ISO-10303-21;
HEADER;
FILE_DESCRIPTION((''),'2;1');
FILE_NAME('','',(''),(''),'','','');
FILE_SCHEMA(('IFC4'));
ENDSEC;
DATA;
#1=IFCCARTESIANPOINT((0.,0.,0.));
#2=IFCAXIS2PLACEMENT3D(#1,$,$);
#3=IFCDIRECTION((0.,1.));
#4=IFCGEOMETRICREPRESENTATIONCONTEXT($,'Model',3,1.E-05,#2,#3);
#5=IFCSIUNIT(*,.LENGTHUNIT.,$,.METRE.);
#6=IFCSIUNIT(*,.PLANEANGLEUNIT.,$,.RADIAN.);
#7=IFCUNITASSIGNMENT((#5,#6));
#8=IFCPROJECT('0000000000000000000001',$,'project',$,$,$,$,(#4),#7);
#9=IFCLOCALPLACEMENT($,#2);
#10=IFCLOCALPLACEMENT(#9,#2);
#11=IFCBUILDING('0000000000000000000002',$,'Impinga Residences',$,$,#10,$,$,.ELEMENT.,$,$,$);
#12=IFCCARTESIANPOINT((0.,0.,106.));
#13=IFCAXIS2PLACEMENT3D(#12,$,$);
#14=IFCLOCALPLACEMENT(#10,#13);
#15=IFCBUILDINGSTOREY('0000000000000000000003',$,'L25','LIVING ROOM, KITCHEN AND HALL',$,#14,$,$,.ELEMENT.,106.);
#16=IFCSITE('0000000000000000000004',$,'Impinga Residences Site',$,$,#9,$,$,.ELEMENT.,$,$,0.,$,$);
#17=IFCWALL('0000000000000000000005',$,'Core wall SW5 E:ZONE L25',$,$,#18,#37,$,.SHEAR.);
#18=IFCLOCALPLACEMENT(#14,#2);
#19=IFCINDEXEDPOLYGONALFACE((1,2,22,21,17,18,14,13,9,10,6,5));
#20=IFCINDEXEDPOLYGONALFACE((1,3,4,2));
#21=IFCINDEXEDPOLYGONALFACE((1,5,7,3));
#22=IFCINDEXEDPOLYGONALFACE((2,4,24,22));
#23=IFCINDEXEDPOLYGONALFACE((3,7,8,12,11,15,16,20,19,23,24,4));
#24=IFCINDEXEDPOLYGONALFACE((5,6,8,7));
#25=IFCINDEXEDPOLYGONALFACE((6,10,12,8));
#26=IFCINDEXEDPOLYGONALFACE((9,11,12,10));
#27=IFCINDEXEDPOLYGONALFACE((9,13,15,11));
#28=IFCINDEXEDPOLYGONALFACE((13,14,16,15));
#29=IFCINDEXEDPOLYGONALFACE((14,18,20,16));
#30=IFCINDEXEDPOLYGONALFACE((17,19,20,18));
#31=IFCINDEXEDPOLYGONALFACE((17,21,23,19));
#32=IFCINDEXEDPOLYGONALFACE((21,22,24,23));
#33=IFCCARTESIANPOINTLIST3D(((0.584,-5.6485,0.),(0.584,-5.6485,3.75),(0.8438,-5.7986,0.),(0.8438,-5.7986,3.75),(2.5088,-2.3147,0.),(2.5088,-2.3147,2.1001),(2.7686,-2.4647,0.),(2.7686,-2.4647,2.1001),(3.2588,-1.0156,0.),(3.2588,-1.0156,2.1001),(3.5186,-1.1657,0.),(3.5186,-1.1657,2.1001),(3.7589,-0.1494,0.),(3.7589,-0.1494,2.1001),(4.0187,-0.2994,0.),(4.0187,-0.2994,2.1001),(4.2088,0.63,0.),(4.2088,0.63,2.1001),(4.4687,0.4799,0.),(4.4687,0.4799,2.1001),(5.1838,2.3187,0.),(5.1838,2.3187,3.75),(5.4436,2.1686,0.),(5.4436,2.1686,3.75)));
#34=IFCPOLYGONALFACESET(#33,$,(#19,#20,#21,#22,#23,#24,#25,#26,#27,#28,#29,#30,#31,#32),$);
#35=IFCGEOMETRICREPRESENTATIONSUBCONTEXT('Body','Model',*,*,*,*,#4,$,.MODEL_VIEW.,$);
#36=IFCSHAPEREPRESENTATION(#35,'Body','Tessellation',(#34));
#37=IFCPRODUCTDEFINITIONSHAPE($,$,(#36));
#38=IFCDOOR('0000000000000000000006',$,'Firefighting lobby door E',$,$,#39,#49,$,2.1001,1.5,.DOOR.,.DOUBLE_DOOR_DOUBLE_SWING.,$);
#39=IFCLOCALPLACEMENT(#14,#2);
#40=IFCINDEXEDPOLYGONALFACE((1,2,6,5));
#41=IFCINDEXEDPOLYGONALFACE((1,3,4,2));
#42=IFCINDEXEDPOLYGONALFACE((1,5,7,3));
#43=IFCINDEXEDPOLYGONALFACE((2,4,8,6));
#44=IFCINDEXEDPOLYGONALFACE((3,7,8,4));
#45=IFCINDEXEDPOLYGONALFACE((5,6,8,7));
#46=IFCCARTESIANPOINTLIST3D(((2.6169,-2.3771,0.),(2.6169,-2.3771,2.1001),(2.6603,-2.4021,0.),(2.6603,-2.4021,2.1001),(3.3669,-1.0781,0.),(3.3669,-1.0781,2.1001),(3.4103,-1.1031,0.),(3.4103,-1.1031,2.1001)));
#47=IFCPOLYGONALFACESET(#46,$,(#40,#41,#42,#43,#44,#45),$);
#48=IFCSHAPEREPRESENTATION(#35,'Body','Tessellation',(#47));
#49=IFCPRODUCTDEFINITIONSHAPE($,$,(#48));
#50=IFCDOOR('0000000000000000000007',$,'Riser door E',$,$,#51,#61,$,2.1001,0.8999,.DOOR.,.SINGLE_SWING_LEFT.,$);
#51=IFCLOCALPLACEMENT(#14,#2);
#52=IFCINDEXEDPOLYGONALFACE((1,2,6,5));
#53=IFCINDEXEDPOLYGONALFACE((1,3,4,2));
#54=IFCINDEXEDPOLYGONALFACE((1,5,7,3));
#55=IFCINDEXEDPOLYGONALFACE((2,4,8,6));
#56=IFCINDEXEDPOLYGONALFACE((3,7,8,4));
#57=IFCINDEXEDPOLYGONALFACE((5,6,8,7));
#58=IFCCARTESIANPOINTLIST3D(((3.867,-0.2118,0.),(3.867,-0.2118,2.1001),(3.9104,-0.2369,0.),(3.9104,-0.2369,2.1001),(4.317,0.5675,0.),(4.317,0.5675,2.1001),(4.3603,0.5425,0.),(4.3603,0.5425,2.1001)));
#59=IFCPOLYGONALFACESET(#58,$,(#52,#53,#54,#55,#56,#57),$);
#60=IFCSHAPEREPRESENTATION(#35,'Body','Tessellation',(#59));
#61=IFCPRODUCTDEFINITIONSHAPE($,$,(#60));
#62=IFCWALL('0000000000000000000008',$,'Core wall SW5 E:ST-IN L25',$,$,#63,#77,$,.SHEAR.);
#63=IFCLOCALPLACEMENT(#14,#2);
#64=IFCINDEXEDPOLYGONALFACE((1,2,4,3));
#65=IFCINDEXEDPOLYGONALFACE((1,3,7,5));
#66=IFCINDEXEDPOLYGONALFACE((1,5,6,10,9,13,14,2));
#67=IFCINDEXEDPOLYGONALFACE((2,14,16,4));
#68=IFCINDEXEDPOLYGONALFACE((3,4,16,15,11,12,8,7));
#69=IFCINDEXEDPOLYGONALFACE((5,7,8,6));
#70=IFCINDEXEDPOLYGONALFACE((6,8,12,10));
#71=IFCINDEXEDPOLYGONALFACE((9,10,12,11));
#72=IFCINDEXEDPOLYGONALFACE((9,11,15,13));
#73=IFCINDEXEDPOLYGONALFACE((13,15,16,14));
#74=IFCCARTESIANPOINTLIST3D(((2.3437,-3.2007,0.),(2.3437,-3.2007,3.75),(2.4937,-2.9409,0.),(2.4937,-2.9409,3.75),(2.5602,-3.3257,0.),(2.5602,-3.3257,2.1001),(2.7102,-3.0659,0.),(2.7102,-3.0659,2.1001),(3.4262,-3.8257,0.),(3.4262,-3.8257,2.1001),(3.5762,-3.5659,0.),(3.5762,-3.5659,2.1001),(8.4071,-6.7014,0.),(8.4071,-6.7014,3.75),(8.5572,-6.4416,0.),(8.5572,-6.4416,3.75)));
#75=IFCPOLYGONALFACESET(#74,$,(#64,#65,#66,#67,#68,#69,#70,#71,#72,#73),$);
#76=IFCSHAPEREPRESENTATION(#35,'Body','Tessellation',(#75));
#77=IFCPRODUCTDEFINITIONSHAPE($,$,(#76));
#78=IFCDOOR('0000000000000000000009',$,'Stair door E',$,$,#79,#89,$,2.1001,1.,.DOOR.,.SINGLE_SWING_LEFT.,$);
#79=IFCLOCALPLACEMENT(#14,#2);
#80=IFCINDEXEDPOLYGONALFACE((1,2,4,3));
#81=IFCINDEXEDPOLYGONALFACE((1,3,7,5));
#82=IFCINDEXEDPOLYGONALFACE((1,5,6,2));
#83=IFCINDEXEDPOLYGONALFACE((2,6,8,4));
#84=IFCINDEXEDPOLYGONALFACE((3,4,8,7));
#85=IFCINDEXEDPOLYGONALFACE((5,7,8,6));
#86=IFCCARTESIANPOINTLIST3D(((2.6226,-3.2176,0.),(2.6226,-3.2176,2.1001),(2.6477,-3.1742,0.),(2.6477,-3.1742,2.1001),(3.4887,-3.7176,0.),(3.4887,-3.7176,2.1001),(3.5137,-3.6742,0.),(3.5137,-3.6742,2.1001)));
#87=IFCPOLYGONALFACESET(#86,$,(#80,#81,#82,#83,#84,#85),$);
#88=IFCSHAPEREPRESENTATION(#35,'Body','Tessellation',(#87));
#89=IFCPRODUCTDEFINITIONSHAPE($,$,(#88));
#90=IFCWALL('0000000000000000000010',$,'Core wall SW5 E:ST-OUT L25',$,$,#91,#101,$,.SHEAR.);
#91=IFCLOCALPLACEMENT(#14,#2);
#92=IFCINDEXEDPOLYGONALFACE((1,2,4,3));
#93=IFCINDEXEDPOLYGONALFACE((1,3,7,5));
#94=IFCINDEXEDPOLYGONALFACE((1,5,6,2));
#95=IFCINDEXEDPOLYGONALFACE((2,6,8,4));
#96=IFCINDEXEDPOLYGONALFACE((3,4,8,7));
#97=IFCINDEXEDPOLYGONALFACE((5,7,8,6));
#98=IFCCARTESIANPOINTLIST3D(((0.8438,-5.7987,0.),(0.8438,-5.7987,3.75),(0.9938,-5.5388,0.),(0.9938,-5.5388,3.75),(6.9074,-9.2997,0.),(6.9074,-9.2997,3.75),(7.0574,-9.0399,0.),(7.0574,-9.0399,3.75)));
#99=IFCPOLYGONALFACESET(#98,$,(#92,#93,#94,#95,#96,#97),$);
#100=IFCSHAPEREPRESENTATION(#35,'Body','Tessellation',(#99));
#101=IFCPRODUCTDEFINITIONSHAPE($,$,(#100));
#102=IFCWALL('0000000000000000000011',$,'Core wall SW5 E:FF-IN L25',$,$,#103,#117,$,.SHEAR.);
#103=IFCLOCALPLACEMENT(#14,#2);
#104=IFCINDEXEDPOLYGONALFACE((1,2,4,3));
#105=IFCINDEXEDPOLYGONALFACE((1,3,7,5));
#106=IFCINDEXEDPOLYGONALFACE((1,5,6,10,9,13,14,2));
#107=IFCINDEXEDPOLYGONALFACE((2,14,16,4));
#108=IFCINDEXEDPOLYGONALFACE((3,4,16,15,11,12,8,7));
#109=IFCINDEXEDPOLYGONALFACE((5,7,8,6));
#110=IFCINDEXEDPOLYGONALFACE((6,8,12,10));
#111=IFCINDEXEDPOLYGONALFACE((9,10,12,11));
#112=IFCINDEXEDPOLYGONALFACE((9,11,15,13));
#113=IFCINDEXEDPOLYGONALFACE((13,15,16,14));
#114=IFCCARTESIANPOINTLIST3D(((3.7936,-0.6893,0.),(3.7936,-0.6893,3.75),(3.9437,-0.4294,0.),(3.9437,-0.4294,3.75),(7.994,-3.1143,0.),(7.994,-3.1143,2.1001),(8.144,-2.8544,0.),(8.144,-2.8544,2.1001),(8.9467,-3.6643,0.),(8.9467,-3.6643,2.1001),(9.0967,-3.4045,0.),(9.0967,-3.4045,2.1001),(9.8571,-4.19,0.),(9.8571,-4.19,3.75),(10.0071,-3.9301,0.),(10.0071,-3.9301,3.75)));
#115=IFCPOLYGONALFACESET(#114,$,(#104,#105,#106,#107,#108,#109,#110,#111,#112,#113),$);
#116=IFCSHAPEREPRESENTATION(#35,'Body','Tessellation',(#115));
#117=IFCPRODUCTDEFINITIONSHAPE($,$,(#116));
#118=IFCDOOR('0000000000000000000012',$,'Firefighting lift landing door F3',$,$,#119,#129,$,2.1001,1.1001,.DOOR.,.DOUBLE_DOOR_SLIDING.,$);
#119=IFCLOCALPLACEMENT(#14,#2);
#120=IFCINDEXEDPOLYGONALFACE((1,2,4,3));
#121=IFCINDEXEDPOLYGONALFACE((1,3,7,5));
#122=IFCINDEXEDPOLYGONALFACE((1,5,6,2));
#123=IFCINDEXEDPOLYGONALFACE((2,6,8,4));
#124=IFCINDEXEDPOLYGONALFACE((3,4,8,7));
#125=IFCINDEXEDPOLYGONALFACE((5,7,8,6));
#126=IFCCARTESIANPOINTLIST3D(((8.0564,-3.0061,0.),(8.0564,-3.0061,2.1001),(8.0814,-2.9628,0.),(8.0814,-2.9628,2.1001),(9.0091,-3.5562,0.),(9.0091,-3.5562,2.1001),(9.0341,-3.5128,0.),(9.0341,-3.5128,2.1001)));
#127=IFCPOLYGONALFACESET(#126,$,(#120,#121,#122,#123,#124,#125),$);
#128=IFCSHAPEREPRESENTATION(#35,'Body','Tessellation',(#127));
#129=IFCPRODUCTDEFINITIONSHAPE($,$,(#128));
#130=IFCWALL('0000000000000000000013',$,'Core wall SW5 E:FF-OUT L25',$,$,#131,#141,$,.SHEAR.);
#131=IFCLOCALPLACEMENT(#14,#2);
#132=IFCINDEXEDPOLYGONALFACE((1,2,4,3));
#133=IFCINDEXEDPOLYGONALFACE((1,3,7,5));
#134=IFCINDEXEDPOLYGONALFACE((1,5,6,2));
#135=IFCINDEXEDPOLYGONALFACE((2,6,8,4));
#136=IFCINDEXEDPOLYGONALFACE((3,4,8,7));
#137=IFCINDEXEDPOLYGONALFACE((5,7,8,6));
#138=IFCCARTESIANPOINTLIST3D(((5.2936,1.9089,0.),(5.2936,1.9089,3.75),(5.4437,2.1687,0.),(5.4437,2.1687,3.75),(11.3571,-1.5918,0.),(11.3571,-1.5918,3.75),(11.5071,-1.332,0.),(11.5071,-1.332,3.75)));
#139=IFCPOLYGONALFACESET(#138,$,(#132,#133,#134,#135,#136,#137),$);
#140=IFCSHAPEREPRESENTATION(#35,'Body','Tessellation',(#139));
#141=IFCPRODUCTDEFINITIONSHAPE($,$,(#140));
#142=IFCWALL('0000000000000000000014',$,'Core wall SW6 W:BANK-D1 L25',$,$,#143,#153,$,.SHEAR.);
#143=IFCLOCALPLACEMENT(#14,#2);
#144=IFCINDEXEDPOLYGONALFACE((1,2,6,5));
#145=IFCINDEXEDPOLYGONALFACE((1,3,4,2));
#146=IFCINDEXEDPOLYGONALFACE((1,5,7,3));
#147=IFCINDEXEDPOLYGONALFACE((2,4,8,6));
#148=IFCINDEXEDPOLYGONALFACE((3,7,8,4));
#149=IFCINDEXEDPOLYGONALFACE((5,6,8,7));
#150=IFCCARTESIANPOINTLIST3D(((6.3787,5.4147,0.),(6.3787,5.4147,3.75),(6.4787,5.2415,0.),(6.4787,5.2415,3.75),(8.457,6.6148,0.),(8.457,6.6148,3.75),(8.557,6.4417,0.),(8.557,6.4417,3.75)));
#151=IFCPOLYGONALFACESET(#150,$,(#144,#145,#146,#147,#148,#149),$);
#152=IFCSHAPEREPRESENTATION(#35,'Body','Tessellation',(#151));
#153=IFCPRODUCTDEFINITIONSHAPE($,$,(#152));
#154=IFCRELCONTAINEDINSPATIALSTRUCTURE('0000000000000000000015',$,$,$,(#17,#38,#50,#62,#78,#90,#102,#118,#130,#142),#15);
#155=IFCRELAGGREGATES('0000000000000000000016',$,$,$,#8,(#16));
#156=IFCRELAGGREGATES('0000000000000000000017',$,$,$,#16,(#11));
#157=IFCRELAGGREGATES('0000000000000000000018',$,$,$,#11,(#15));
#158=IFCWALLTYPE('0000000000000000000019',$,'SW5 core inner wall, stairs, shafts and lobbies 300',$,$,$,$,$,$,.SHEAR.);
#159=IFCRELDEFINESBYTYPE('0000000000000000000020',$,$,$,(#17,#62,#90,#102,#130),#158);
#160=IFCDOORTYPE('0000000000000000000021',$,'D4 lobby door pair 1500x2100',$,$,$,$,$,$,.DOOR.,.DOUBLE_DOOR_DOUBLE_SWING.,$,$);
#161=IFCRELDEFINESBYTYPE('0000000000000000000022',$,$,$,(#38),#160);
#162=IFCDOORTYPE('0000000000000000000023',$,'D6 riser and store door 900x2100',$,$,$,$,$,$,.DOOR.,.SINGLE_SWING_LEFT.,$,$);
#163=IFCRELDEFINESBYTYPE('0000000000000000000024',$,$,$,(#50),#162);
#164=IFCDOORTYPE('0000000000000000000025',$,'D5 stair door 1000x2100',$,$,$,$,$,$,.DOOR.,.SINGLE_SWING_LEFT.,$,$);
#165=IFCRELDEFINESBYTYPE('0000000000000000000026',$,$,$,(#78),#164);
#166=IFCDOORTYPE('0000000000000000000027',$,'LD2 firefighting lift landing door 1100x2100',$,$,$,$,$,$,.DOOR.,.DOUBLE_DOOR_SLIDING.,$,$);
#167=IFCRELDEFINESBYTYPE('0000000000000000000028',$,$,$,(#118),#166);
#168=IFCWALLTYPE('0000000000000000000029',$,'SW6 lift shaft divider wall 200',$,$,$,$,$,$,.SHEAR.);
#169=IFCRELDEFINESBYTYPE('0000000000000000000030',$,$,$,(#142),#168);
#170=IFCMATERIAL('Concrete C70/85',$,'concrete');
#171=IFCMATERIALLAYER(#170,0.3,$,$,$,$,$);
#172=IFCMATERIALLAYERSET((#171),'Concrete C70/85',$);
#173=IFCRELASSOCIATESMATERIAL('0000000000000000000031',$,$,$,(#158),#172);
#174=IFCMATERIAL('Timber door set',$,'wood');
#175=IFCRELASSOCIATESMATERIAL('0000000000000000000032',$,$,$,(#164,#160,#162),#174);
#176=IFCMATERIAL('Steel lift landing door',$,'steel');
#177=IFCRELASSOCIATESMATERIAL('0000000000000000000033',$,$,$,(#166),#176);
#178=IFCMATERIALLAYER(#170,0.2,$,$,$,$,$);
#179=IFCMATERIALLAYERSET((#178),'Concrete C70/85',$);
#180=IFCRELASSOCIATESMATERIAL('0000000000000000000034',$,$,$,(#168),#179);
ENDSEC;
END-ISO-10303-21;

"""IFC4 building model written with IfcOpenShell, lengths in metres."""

from ifc_helpers import new_model, si_unit, direction, frame, frame_2d, origin, place, context, subcontext, project, spatial, rectangle, extrude, material, layer, layer_set, type_object, element, fill, save


model = new_model("IFC4")

# Units and contexts
model_context = context("Model", 3, precision=1e-05, world=origin(), true_north=direction((0.0, 1.0)))
body_context = subcontext(model_context, "Body", "Model", "MODEL_VIEW")
ifc_project = project(units=[si_unit("LENGTHUNIT", "METRE"), si_unit("PLANEANGLEUNIT", "RADIAN")], contexts=[model_context])

# Site, building, storey
site_placement = place(None, origin())
site = spatial("IfcSite", under=ifc_project, at=site_placement, Name="Impinga Residences Site", CompositionType="ELEMENT", RefElevation=0.0)
building_placement = place(site_placement, origin())
building = spatial("IfcBuilding", under=site, at=building_placement, Name="Impinga Residences", CompositionType="ELEMENT")
storey_placement = place(building_placement, frame((0.0, 0.0, 106.0)))
storey = spatial("IfcBuildingStorey", under=building, at=storey_placement, Name="L25", Description="LIVING ROOM, KITCHEN AND HALL", CompositionType="ELEMENT", Elevation=106.0)

# Shared definitions
ifc_material_1 = material(Name="Concrete C70/85", Category="concrete")
ifc_layer_1 = layer(ifc_material_1, 0.3)
ifc_layer_set_1 = layer_set([ifc_layer_1], Name="Concrete C70/85")
wall_type_1 = type_object("IfcWallType", Name="SW5 core inner wall, stairs, shafts and lobbies 300", PredefinedType="SHEAR", material=ifc_layer_set_1)
ifc_material_2 = material(Name="Timber door set", Category="wood")
door_type_1 = type_object("IfcDoorType", Name="D5 stair door 1000x2100", OperationType="SINGLE_SWING_LEFT", PredefinedType="DOOR", material=ifc_material_2)

# Wall, openings, doors
wall_1_placement = place(storey_placement, frame((5.3137, 2.2437, 0.0), z_axis=(0.0, 0.0, 1.0), x_axis=(-0.499995, -0.866028, 0.0)))
wall_1 = element("IfcWall", 1, at=wall_1_placement, inside=storey, type_object=wall_type_1, Name="Core wall SW5 E:ZONE L25", PredefinedType="SHEAR", context=body_context, shape_type="SweptSolid", body=[
    extrude(rectangle(XDim=9.1997, YDim=0.3, at=frame_2d((4.5999, 0.0))), origin(), (0.0, 0.0, 1.0), 3.75),
])
opening_1_placement = place(wall_1_placement, frame((3.8501, 0.0, 0.0)))
opening_1 = element("IfcOpeningElement", 2, at=opening_1_placement, cuts=wall_1, PredefinedType="OPENING", context=body_context, shape_type="SweptSolid", body=[
    extrude(rectangle(XDim=1.5, YDim=2.1001, at=frame_2d((0.75, 1.05))), frame((0.0, 0.1599, 0.0), z_axis=(0.0, -1.0, 0.0), x_axis=(1.0, 0.0, 0.0)), (0.0, 0.0, 1.0), 0.3201),
])
opening_2_placement = place(wall_1_placement, frame((1.95, 0.0, 0.0)))
opening_2 = element("IfcOpeningElement", 3, at=opening_2_placement, cuts=wall_1, PredefinedType="OPENING", context=body_context, shape_type="SweptSolid", body=[
    extrude(rectangle(XDim=0.8999, YDim=2.1001, at=frame_2d((0.45, 1.05))), frame((0.0, 0.1599, 0.0), z_axis=(0.0, -1.0, 0.0), x_axis=(1.0, 0.0, 0.0)), (0.0, 0.0, 1.0), 0.3201),
])
door_type_2 = type_object("IfcDoorType", Name="D4 lobby door pair 1500x2100", OperationType="DOUBLE_DOOR_DOUBLE_SWING", PredefinedType="DOOR", material=ifc_material_2)
door_1_placement = place(opening_1_placement, origin())
door_1 = element("IfcDoor", 4, at=door_1_placement, inside=storey, type_object=door_type_2, Name="Firefighting lobby door E", OperationType="DOUBLE_DOOR_DOUBLE_SWING", OverallHeight=2.1001, OverallWidth=1.5, PredefinedType="DOOR", context=body_context, shape_type="SweptSolid", body=[
    extrude(rectangle(XDim=1.5, YDim=2.1001, at=frame_2d((0.75, 1.05))), frame((0.0, 0.0249, 0.0), z_axis=(0.0, -1.0, 0.0), x_axis=(1.0, 0.0, 0.0)), (0.0, 0.0, 1.0), 0.05),
])
fill(opening_1, door_1)
door_type_3 = type_object("IfcDoorType", Name="D6 riser and store door 900x2100", OperationType="SINGLE_SWING_LEFT", PredefinedType="DOOR", material=ifc_material_2)
door_2_placement = place(opening_2_placement, origin())
door_2 = element("IfcDoor", 5, at=door_2_placement, inside=storey, type_object=door_type_3, Name="Riser door E", OperationType="SINGLE_SWING_LEFT", OverallHeight=2.1001, OverallWidth=0.8999, PredefinedType="DOOR", context=body_context, shape_type="SweptSolid", body=[
    extrude(rectangle(XDim=0.8999, YDim=2.1001, at=frame_2d((0.45, 1.05))), frame((0.0, 0.0249, 0.0), z_axis=(0.0, -1.0, 0.0), x_axis=(1.0, 0.0, 0.0)), (0.0, 0.0, 1.0), 0.05),
])
fill(opening_2, door_2)

# Wall, opening, door
wall_2_placement = place(storey_placement, frame((2.4187, -3.0708, 0.0), z_axis=(0.0, 0.0, 1.0), x_axis=(0.866026, -0.499998, 0.0)))
wall_2 = element("IfcWall", 6, at=wall_2_placement, inside=storey, type_object=wall_type_1, Name="Core wall SW5 E:ST-IN L25", PredefinedType="SHEAR", context=body_context, shape_type="SweptSolid", body=[
    extrude(rectangle(XDim=7.0015, YDim=0.3, at=frame_2d((3.5007, 0.0))), origin(), (0.0, 0.0, 1.0), 3.75),
])
opening_3_placement = place(wall_2_placement, frame((0.25, 0.0, 0.0)))
opening_3 = element("IfcOpeningElement", 7, at=opening_3_placement, cuts=wall_2, PredefinedType="OPENING", context=body_context, shape_type="SweptSolid", body=[
    extrude(rectangle(XDim=1.0, YDim=2.1001, at=frame_2d((0.5, 1.05))), frame((0.0, 0.1599, 0.0), z_axis=(0.0, -1.0, 0.0), x_axis=(1.0, 0.0, 0.0)), (0.0, 0.0, 1.0), 0.3201),
])
door_3_placement = place(opening_3_placement, origin())
door_3 = element("IfcDoor", 8, at=door_3_placement, inside=storey, type_object=door_type_1, Name="Stair door E", OperationType="SINGLE_SWING_LEFT", OverallHeight=2.1001, OverallWidth=1.0, PredefinedType="DOOR", context=body_context, shape_type="SweptSolid", body=[
    extrude(rectangle(XDim=1.0, YDim=2.1001, at=frame_2d((0.5, 1.05))), frame((0.0, 0.0249, 0.0), z_axis=(0.0, -1.0, 0.0), x_axis=(1.0, 0.0, 0.0)), (0.0, 0.0, 1.0), 0.05),
])
fill(opening_3, door_3)

# Wall
wall_3_placement = place(storey_placement, frame((0.9187, -5.6687, 0.0), z_axis=(0.0, 0.0, 1.0), x_axis=(0.866011, -0.500024, 0.0)))
element("IfcWall", 9, at=wall_3_placement, inside=storey, type_object=wall_type_1, Name="Core wall SW5 E:ST-OUT L25", PredefinedType="SHEAR", context=body_context, shape_type="SweptSolid", body=[
    extrude(rectangle(XDim=7.0017, YDim=0.3, at=frame_2d((3.501, 0.0))), origin(), (0.0, 0.0, 1.0), 3.75),
])

# Wall, opening, door
wall_4_placement = place(storey_placement, frame((3.8687, -0.5593, 0.0), z_axis=(0.0, 0.0, 1.0), x_axis=(0.866026, -0.499998, 0.0)))
wall_4 = element("IfcWall", 10, at=wall_4_placement, inside=storey, type_object=wall_type_1, Name="Core wall SW5 E:FF-IN L25", PredefinedType="SHEAR", context=body_context, shape_type="SweptSolid", body=[
    extrude(rectangle(XDim=7.0015, YDim=0.3, at=frame_2d((3.5007, 0.0))), origin(), (0.0, 0.0, 1.0), 3.75),
])
opening_4_placement = place(wall_4_placement, frame((4.8501, 0.0, 0.0)))
opening_4 = element("IfcOpeningElement", 11, at=opening_4_placement, cuts=wall_4, PredefinedType="OPENING", context=body_context, shape_type="SweptSolid", body=[
    extrude(rectangle(XDim=1.1001, YDim=2.1001, at=frame_2d((0.55, 1.05))), frame((0.0, 0.1599, 0.0), z_axis=(0.0, -1.0, 0.0), x_axis=(1.0, 0.0, 0.0)), (0.0, 0.0, 1.0), 0.3201),
])
ifc_material_3 = material(Name="Steel lift landing door", Category="steel")
door_type_4 = type_object("IfcDoorType", Name="LD2 firefighting lift landing door 1100x2100", OperationType="DOUBLE_DOOR_SLIDING", PredefinedType="DOOR", material=ifc_material_3)
door_4_placement = place(opening_4_placement, origin())
door_4 = element("IfcDoor", 12, at=door_4_placement, inside=storey, type_object=door_type_4, Name="Firefighting lift landing door F3", OperationType="DOUBLE_DOOR_SLIDING", OverallHeight=2.1001, OverallWidth=1.1001, PredefinedType="DOOR", context=body_context, shape_type="SweptSolid", body=[
    extrude(rectangle(XDim=1.1001, YDim=2.1001, at=frame_2d((0.55, 1.05))), frame((0.0, 0.0249, 0.0), z_axis=(0.0, -1.0, 0.0), x_axis=(1.0, 0.0, 0.0)), (0.0, 0.0, 1.0), 0.05),
])
fill(opening_4, door_4)

# Walls
wall_5_placement = place(storey_placement, frame((5.3687, 2.0388, 0.0), z_axis=(0.0, 0.0, 1.0), x_axis=(0.866026, -0.499998, 0.0)))
element("IfcWall", 13, at=wall_5_placement, inside=storey, type_object=wall_type_1, Name="Core wall SW5 E:FF-OUT L25", PredefinedType="SHEAR", context=body_context, shape_type="SweptSolid", body=[
    extrude(rectangle(XDim=7.0015, YDim=0.3, at=frame_2d((3.5007, 0.0))), origin(), (0.0, 0.0, 1.0), 3.75),
])
ifc_layer_2 = layer(ifc_material_1, 0.2)
ifc_layer_set_2 = layer_set([ifc_layer_2], Name="Concrete C70/85")
wall_type_2 = type_object("IfcWallType", Name="SW6 lift shaft divider wall 200", PredefinedType="SHEAR", material=ifc_layer_set_2)
wall_6_placement = place(storey_placement, frame((6.4287, 5.3281, 0.0), z_axis=(0.0, 0.0, 1.0), x_axis=(0.865981, 0.500078, 0.0)))
element("IfcWall", 14, at=wall_6_placement, inside=storey, type_object=wall_type_2, Name="Core wall SW6 W:BANK-D1 L25", PredefinedType="SHEAR", context=body_context, shape_type="SweptSolid", body=[
    extrude(rectangle(XDim=2.3999, YDim=0.2, at=frame_2d((1.2, 0.0))), origin(), (0.0, 0.0, 1.0), 3.75),
])

save(model, "model.ifc")
